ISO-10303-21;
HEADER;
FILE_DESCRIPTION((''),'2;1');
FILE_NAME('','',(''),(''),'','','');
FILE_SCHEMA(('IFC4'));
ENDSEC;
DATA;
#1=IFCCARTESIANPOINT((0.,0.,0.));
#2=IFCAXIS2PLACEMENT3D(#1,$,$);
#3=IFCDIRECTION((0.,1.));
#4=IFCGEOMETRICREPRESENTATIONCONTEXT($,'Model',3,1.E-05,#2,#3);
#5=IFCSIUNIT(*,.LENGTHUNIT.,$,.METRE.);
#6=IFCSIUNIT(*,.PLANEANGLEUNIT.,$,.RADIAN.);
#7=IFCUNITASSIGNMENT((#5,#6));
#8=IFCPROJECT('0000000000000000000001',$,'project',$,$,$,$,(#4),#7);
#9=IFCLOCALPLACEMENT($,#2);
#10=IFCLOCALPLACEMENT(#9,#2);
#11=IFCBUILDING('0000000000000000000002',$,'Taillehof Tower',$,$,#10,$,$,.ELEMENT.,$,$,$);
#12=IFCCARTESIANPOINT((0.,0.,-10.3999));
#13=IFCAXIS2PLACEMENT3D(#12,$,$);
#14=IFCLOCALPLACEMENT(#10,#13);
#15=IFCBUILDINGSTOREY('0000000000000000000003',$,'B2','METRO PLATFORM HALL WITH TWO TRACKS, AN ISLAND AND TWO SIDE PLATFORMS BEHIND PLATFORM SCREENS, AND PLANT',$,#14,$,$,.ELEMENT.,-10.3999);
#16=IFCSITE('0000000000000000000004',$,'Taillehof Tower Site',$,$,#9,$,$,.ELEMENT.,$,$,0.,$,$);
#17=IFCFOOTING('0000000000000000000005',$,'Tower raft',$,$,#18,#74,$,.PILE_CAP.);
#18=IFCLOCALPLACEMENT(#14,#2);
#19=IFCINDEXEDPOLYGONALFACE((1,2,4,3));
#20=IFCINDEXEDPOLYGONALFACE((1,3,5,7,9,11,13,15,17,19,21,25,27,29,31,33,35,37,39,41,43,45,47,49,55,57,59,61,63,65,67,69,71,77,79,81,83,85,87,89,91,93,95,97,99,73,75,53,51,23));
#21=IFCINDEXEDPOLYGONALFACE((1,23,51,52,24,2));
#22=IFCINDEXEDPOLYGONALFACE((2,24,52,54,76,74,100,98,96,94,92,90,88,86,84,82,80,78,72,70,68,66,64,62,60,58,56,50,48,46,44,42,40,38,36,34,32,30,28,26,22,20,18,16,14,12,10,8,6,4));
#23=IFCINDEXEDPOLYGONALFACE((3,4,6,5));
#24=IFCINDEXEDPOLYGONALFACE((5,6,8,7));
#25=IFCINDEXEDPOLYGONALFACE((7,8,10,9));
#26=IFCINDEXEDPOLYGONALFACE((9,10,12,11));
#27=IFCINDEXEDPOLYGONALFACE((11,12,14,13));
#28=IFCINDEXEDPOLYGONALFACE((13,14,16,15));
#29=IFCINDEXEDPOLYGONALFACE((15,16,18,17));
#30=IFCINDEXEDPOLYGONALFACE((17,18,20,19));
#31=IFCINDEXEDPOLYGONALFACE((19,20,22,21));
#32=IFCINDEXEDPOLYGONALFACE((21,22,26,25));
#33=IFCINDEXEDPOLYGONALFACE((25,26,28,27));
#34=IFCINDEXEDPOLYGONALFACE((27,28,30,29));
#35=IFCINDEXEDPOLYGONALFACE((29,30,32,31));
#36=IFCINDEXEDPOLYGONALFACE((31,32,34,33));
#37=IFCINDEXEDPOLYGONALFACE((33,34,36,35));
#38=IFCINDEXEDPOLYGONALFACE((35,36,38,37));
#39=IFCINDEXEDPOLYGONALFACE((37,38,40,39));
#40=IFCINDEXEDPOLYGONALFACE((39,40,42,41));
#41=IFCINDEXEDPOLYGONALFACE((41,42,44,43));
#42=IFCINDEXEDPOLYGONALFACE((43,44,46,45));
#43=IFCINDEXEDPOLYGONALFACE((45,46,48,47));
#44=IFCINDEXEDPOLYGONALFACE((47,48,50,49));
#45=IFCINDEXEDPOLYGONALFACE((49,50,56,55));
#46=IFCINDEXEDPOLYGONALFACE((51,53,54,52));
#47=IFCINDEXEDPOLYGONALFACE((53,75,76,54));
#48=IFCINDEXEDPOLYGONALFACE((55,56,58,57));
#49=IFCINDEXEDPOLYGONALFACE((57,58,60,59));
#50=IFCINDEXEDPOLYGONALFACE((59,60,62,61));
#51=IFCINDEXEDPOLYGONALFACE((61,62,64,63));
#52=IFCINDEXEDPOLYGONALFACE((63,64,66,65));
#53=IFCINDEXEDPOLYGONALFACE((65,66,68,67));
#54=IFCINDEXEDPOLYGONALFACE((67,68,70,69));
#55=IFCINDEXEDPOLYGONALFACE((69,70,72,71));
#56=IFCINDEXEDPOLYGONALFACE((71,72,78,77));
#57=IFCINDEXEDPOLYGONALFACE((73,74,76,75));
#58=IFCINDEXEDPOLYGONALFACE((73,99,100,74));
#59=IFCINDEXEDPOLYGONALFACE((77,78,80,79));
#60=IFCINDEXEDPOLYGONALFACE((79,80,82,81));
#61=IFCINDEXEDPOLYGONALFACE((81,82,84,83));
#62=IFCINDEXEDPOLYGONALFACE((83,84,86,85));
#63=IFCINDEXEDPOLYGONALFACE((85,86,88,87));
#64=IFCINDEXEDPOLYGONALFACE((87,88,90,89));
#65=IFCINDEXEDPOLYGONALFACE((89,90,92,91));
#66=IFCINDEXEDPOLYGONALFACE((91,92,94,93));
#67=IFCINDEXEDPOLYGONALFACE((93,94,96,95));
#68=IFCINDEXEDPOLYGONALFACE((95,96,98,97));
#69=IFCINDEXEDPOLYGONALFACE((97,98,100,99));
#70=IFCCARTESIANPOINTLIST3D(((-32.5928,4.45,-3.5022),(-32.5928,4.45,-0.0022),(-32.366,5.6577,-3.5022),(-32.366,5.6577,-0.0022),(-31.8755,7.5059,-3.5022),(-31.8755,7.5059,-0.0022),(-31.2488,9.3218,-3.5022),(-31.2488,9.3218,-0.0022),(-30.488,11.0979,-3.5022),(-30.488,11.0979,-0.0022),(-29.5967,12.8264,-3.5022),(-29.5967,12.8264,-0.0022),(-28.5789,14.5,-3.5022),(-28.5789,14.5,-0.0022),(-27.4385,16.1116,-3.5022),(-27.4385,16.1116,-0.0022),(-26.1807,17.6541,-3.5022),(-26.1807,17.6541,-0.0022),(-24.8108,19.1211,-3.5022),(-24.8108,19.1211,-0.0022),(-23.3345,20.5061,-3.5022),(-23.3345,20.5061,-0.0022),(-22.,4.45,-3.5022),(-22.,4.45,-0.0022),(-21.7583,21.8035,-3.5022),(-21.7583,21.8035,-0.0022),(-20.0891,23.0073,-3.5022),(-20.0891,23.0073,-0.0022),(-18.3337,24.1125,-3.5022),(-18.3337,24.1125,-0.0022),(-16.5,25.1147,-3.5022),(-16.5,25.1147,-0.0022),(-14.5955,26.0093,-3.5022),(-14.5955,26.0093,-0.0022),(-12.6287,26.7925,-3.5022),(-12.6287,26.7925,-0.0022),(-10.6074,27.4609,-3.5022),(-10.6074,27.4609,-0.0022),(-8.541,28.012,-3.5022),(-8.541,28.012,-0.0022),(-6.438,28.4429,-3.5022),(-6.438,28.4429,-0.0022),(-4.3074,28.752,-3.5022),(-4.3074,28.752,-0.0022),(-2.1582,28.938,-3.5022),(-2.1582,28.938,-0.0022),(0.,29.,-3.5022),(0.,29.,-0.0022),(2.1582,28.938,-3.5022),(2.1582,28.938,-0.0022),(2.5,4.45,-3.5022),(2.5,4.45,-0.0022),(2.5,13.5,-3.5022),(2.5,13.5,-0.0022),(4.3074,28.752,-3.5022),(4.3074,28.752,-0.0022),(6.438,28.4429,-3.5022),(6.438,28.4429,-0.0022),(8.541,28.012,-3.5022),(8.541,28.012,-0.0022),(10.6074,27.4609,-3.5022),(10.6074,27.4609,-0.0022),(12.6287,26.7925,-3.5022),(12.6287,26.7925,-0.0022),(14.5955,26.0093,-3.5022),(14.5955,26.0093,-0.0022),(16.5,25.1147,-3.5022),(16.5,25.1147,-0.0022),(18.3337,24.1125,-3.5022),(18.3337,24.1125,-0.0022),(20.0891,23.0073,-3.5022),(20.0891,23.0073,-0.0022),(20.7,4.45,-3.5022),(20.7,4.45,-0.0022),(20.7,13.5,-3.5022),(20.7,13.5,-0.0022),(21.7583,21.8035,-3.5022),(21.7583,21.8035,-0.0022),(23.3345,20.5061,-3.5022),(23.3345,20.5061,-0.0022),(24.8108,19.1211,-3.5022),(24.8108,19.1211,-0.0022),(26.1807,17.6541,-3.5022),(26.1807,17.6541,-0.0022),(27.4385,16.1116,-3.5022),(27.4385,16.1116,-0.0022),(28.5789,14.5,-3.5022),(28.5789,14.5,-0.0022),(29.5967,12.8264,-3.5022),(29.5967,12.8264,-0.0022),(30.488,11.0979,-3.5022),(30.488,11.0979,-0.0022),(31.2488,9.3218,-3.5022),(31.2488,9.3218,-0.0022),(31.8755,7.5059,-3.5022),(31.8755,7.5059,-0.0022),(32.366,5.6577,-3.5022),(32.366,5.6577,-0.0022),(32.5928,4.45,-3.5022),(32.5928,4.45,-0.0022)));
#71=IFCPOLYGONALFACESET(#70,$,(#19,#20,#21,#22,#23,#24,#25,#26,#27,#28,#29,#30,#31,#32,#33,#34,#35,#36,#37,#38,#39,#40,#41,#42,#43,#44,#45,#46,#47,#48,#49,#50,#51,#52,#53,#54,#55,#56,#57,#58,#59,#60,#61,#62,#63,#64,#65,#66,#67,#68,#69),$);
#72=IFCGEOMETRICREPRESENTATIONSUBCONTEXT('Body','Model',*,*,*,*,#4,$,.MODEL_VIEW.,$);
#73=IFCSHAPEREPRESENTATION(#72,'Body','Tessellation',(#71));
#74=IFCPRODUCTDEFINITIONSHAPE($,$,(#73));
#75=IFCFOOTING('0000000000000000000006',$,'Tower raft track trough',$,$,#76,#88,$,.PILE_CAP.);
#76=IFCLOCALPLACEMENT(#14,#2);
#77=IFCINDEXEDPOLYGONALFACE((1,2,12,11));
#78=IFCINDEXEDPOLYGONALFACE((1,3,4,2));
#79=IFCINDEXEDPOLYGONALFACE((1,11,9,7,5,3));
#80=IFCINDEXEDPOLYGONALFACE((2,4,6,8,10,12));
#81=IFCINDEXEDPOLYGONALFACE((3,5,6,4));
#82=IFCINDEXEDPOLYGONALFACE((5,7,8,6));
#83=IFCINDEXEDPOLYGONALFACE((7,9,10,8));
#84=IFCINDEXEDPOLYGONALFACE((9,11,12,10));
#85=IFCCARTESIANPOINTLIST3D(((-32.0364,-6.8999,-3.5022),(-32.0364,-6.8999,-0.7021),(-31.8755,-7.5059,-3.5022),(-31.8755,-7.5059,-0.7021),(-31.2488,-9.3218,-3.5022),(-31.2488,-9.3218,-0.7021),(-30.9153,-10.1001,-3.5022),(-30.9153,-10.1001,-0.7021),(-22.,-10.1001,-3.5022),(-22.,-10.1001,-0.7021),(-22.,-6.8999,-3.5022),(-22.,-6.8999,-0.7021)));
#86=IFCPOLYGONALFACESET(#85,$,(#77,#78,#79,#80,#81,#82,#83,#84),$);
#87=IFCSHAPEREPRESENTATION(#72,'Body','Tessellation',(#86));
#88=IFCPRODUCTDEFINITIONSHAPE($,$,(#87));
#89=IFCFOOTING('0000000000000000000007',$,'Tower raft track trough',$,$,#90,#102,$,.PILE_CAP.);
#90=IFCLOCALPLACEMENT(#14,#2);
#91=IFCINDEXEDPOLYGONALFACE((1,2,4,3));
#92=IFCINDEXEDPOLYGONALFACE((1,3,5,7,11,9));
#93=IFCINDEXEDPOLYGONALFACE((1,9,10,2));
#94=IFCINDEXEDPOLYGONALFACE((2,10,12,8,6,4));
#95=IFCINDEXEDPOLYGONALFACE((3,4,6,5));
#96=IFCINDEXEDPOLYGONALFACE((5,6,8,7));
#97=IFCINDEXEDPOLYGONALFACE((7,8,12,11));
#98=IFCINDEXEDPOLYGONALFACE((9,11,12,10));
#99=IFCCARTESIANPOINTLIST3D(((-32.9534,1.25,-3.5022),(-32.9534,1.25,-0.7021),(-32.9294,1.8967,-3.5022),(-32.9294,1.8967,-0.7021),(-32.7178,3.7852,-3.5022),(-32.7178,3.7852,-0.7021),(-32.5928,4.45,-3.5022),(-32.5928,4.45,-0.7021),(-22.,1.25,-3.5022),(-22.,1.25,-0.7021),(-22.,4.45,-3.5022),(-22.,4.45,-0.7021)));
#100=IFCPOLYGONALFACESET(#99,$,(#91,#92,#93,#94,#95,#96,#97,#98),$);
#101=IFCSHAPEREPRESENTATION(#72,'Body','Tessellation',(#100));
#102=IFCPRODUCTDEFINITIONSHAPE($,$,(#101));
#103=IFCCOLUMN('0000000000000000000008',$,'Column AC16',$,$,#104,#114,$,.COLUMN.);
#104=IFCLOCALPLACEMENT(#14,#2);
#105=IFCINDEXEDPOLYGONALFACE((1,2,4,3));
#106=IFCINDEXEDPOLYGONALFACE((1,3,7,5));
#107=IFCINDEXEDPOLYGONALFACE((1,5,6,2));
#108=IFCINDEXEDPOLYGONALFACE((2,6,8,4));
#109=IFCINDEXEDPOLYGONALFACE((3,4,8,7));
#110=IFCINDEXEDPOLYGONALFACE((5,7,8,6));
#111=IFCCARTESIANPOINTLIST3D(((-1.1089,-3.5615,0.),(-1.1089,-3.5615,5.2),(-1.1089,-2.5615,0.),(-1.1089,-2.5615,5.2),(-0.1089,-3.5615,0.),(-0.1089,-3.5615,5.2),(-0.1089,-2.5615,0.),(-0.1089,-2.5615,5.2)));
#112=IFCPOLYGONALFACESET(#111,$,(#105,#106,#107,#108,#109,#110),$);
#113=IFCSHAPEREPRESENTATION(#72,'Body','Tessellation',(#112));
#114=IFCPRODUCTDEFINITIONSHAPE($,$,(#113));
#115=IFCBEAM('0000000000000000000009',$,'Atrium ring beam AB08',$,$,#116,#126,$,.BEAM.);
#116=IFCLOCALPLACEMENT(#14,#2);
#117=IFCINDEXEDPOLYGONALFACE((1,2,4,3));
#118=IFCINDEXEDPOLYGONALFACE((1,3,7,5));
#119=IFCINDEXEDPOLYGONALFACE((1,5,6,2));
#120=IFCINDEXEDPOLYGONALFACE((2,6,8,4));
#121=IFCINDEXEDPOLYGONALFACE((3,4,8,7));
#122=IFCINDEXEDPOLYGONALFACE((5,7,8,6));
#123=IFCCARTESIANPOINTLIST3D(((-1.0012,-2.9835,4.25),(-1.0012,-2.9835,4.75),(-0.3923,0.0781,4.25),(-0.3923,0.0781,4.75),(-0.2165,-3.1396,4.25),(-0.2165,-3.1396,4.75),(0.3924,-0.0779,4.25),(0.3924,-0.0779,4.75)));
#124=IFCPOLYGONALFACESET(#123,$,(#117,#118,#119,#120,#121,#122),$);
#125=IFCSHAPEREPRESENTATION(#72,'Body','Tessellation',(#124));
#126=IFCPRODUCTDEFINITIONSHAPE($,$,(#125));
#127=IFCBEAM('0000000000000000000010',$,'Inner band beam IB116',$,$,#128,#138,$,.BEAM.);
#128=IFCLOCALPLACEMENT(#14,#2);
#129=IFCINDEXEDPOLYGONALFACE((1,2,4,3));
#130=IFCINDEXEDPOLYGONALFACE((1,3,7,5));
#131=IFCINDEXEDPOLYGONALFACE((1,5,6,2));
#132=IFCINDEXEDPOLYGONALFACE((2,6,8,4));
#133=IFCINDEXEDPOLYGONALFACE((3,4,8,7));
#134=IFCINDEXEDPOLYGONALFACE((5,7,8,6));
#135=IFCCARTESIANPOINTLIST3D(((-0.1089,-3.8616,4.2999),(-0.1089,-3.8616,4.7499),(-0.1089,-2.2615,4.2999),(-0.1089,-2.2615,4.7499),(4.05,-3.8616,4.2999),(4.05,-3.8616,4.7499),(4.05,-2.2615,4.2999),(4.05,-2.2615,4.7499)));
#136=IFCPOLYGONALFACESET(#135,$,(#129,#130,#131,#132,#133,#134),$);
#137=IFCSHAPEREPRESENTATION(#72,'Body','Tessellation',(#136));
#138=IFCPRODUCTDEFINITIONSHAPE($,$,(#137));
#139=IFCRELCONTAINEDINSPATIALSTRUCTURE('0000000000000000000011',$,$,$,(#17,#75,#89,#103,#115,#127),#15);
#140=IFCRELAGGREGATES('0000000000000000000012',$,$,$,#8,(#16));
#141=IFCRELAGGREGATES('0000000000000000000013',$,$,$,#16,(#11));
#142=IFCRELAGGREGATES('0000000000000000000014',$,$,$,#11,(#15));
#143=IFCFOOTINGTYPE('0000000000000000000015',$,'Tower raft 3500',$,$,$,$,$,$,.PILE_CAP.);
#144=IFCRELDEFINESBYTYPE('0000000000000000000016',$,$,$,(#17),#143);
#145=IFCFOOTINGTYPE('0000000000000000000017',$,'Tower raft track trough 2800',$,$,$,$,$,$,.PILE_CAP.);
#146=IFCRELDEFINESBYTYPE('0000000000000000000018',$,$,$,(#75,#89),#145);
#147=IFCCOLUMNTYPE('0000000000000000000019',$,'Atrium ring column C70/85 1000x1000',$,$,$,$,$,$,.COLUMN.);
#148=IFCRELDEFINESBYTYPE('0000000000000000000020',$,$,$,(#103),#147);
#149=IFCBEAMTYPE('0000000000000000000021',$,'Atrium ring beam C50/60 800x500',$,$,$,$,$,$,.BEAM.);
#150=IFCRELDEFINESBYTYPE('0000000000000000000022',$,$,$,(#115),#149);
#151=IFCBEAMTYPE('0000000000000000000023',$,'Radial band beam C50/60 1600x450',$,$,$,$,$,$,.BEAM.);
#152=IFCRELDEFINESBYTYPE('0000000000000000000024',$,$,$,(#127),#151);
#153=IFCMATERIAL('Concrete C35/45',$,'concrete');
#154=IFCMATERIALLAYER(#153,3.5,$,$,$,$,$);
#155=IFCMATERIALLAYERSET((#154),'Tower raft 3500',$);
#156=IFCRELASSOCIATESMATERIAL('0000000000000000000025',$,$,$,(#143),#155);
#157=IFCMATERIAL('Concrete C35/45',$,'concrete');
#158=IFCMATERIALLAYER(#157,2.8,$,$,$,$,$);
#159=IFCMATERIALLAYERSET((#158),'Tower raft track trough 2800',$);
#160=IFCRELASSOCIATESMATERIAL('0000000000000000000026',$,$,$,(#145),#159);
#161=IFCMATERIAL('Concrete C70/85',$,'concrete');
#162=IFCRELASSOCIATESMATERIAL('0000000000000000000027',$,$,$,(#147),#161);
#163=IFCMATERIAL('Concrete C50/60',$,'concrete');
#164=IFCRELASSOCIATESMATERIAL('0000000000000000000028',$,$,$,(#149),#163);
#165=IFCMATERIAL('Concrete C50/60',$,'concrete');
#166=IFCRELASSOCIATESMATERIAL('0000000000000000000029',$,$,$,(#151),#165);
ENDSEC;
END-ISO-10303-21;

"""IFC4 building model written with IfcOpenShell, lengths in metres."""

from ifc_helpers import new_model, si_unit, direction, frame, origin, origin_2d, place, context, subcontext, project, spatial, polyline, rectangle, outline, extrude, material, layer, layer_set, material_profile, profile_set, type_object, element, save


model = new_model("IFC4")

# Units and contexts
model_context = context("Model", 3, precision=1e-05, world=origin(), true_north=direction((0.0, 1.0)))
body_context = subcontext(model_context, "Body", "Model", "MODEL_VIEW")
ifc_project = project(units=[si_unit("LENGTHUNIT", "METRE"), si_unit("PLANEANGLEUNIT", "RADIAN")], contexts=[model_context])

# Site, building, storey
site_placement = place(None, origin())
site = spatial("IfcSite", under=ifc_project, at=site_placement, Name="Taillehof Tower Site", CompositionType="ELEMENT", RefElevation=0.0)
building_placement = place(site_placement, origin())
building = spatial("IfcBuilding", under=site, at=building_placement, Name="Taillehof Tower", CompositionType="ELEMENT")
storey_placement = place(building_placement, frame((0.0, 0.0, -10.3999)))
storey = spatial("IfcBuildingStorey", under=building, at=storey_placement, Name="B2", Description="METRO PLATFORM HALL WITH TWO TRACKS, AN ISLAND AND TWO SIDE PLATFORMS BEHIND PLATFORM SCREENS, AND PLANT", CompositionType="ELEMENT", Elevation=-10.3999)

# Footings
ifc_material_1 = material(Name="Concrete C35/45", Category="concrete")
ifc_layer_1 = layer(ifc_material_1, 3.5)
ifc_layer_set_1 = layer_set([ifc_layer_1], Name="Tower raft 3500")
footing_type_1 = type_object("IfcFootingType", Name="Tower raft 3500", PredefinedType="PILE_CAP", material=ifc_layer_set_1)
footing_1_placement = place(storey_placement, frame((0.0, 0.0, -3.5022)))
element("IfcFooting", 1, at=footing_1_placement, inside=storey, type_object=footing_type_1, Name="Tower raft", PredefinedType="PILE_CAP", context=body_context, shape_type="SweptSolid", body=[
    extrude(outline(polyline([(-32.5928, 4.45), (-32.366, 5.6577), (-31.8755, 7.5059), (-31.2488, 9.3218), (-30.488, 11.0979), (-29.5967, 12.8264), (-28.5789, 14.5), (-27.4385, 16.1116), (-26.1807, 17.6541), (-24.8108, 19.1211), (-23.3345, 20.5061), (-21.7583, 21.8035), (-20.0891, 23.0073), (-18.3337, 24.1125), (-16.5, 25.1147), (-14.5955, 26.0093), (-12.6287, 26.7925), (-10.6074, 27.4609), (-8.541, 28.012), (-6.438, 28.4429), (-4.3074, 28.752), (-2.1582, 28.938), (0.0, 29.0), (2.1582, 28.938), (4.3074, 28.752), (6.438, 28.4429), (8.541, 28.012), (10.6074, 27.4609), (12.6287, 26.7925), (14.5955, 26.0093), (16.5, 25.1147), (18.3337, 24.1125), (20.0891, 23.0073), (21.7583, 21.8035), (23.3345, 20.5061), (24.8108, 19.1211), (26.1807, 17.6541), (27.4385, 16.1116), (28.5789, 14.5), (29.5967, 12.8264), (30.488, 11.0979), (31.2488, 9.3218), (31.8755, 7.5059), (32.366, 5.6577), (32.5928, 4.45), (20.7, 4.45), (20.7, 13.5), (2.5, 13.5), (2.5, 4.45), (-22.0, 4.45), (-32.5928, 4.45)])), origin(), (0.0, 0.0, 1.0), 3.5),
])
ifc_material_2 = material(Name="Concrete C35/45", Category="concrete")
ifc_layer_2 = layer(ifc_material_2, 2.8)
ifc_layer_set_2 = layer_set([ifc_layer_2], Name="Tower raft track trough 2800")
footing_type_2 = type_object("IfcFootingType", Name="Tower raft track trough 2800", PredefinedType="PILE_CAP", material=ifc_layer_set_2)
footing_2_placement = place(storey_placement, frame((0.0, 0.0, -3.5022)))
element("IfcFooting", 2, at=footing_2_placement, inside=storey, type_object=footing_type_2, Name="Tower raft track trough", PredefinedType="PILE_CAP", context=body_context, shape_type="SweptSolid", body=[
    extrude(outline(polyline([(-31.2488, -9.3218), (-31.8755, -7.5059), (-32.0364, -6.8999), (-22.0, -6.8999), (-22.0, -10.1001), (-30.9153, -10.1001), (-31.2488, -9.3218)])), origin(), (0.0, 0.0, 1.0), 2.8),
])
footing_3_placement = place(storey_placement, frame((0.0, 0.0, -3.5022)))
element("IfcFooting", 3, at=footing_3_placement, inside=storey, type_object=footing_type_2, Name="Tower raft track trough", PredefinedType="PILE_CAP", context=body_context, shape_type="SweptSolid", body=[
    extrude(outline(polyline([(-32.9294, 1.8967), (-32.7178, 3.7852), (-32.5928, 4.45), (-22.0, 4.45), (-22.0, 1.25), (-32.9534, 1.25), (-32.9294, 1.8967)])), origin(), (0.0, 0.0, 1.0), 2.8),
])

# Column
ifc_material_3 = material(Name="Concrete C70/85", Category="concrete")
ifc_material_profile_1 = material_profile(ifc_material_3, rectangle(XDim=1.0, YDim=1.0, at=origin_2d()), Name="RC 1000x1000")
ifc_profile_set_1 = profile_set([ifc_material_profile_1], Name="Concrete C70/85")
column_type = type_object("IfcColumnType", Name="Atrium ring column C70/85 1000x1000", PredefinedType="COLUMN", material=ifc_profile_set_1)
column_placement = place(storey_placement, frame((-0.6089, -3.0615, 0.0), z_axis=(0.0, 0.0, 1.0), x_axis=(1.0, 0.0, 0.0)))
element("IfcColumn", 4, at=column_placement, inside=storey, type_object=column_type, Name="Column AC16", PredefinedType="COLUMN", context=body_context, shape_type="SweptSolid", body=[
    extrude(rectangle(XDim=1.0, YDim=1.0, at=origin_2d()), origin(), (0.0, 0.0, 1.0), 5.2),
])

# Beams
ifc_material_4 = material(Name="Concrete C50/60", Category="concrete")
ifc_material_profile_2 = material_profile(ifc_material_4, rectangle(XDim=0.8, YDim=0.5, at=origin_2d()), Name="RC 800x500")
ifc_profile_set_2 = profile_set([ifc_material_profile_2], Name="Concrete C50/60")
beam_type_1 = type_object("IfcBeamType", Name="Atrium ring beam C50/60 800x500", PredefinedType="BEAM", material=ifc_profile_set_2)
beam_1_placement = place(storey_placement, frame((-0.6089, -3.0615, 4.5), z_axis=(0.195063, 0.980791, 0.0), x_axis=(-0.980791, 0.195063, 0.0)))
element("IfcBeam", 5, at=beam_1_placement, inside=storey, type_object=beam_type_1, Name="Atrium ring beam AB08", PredefinedType="BEAM", context=body_context, shape_type="SweptSolid", body=[
    extrude(rectangle(XDim=0.8, YDim=0.5, at=origin_2d()), origin(), (0.0, 0.0, 1.0), 3.1216),
])
ifc_material_5 = material(Name="Concrete C50/60", Category="concrete")
ifc_material_profile_3 = material_profile(ifc_material_5, rectangle(XDim=1.6001, YDim=0.45, at=origin_2d()), Name="RC 1600x450")
ifc_profile_set_3 = profile_set([ifc_material_profile_3], Name="Concrete C50/60")
beam_type_2 = type_object("IfcBeamType", Name="Radial band beam C50/60 1600x450", PredefinedType="BEAM", material=ifc_profile_set_3)
beam_2_placement = place(storey_placement, frame((-0.1089, -3.0615, 4.5249), z_axis=(1.0, 0.0, 0.0), x_axis=(0.0, 1.0, 0.0)))
element("IfcBeam", 6, at=beam_2_placement, inside=storey, type_object=beam_type_2, Name="Inner band beam IB116", PredefinedType="BEAM", context=body_context, shape_type="SweptSolid", body=[
    extrude(rectangle(XDim=1.6001, YDim=0.45, at=origin_2d()), origin(), (0.0, 0.0, 1.0), 4.1589),
])

save(model, "model.ifc")
